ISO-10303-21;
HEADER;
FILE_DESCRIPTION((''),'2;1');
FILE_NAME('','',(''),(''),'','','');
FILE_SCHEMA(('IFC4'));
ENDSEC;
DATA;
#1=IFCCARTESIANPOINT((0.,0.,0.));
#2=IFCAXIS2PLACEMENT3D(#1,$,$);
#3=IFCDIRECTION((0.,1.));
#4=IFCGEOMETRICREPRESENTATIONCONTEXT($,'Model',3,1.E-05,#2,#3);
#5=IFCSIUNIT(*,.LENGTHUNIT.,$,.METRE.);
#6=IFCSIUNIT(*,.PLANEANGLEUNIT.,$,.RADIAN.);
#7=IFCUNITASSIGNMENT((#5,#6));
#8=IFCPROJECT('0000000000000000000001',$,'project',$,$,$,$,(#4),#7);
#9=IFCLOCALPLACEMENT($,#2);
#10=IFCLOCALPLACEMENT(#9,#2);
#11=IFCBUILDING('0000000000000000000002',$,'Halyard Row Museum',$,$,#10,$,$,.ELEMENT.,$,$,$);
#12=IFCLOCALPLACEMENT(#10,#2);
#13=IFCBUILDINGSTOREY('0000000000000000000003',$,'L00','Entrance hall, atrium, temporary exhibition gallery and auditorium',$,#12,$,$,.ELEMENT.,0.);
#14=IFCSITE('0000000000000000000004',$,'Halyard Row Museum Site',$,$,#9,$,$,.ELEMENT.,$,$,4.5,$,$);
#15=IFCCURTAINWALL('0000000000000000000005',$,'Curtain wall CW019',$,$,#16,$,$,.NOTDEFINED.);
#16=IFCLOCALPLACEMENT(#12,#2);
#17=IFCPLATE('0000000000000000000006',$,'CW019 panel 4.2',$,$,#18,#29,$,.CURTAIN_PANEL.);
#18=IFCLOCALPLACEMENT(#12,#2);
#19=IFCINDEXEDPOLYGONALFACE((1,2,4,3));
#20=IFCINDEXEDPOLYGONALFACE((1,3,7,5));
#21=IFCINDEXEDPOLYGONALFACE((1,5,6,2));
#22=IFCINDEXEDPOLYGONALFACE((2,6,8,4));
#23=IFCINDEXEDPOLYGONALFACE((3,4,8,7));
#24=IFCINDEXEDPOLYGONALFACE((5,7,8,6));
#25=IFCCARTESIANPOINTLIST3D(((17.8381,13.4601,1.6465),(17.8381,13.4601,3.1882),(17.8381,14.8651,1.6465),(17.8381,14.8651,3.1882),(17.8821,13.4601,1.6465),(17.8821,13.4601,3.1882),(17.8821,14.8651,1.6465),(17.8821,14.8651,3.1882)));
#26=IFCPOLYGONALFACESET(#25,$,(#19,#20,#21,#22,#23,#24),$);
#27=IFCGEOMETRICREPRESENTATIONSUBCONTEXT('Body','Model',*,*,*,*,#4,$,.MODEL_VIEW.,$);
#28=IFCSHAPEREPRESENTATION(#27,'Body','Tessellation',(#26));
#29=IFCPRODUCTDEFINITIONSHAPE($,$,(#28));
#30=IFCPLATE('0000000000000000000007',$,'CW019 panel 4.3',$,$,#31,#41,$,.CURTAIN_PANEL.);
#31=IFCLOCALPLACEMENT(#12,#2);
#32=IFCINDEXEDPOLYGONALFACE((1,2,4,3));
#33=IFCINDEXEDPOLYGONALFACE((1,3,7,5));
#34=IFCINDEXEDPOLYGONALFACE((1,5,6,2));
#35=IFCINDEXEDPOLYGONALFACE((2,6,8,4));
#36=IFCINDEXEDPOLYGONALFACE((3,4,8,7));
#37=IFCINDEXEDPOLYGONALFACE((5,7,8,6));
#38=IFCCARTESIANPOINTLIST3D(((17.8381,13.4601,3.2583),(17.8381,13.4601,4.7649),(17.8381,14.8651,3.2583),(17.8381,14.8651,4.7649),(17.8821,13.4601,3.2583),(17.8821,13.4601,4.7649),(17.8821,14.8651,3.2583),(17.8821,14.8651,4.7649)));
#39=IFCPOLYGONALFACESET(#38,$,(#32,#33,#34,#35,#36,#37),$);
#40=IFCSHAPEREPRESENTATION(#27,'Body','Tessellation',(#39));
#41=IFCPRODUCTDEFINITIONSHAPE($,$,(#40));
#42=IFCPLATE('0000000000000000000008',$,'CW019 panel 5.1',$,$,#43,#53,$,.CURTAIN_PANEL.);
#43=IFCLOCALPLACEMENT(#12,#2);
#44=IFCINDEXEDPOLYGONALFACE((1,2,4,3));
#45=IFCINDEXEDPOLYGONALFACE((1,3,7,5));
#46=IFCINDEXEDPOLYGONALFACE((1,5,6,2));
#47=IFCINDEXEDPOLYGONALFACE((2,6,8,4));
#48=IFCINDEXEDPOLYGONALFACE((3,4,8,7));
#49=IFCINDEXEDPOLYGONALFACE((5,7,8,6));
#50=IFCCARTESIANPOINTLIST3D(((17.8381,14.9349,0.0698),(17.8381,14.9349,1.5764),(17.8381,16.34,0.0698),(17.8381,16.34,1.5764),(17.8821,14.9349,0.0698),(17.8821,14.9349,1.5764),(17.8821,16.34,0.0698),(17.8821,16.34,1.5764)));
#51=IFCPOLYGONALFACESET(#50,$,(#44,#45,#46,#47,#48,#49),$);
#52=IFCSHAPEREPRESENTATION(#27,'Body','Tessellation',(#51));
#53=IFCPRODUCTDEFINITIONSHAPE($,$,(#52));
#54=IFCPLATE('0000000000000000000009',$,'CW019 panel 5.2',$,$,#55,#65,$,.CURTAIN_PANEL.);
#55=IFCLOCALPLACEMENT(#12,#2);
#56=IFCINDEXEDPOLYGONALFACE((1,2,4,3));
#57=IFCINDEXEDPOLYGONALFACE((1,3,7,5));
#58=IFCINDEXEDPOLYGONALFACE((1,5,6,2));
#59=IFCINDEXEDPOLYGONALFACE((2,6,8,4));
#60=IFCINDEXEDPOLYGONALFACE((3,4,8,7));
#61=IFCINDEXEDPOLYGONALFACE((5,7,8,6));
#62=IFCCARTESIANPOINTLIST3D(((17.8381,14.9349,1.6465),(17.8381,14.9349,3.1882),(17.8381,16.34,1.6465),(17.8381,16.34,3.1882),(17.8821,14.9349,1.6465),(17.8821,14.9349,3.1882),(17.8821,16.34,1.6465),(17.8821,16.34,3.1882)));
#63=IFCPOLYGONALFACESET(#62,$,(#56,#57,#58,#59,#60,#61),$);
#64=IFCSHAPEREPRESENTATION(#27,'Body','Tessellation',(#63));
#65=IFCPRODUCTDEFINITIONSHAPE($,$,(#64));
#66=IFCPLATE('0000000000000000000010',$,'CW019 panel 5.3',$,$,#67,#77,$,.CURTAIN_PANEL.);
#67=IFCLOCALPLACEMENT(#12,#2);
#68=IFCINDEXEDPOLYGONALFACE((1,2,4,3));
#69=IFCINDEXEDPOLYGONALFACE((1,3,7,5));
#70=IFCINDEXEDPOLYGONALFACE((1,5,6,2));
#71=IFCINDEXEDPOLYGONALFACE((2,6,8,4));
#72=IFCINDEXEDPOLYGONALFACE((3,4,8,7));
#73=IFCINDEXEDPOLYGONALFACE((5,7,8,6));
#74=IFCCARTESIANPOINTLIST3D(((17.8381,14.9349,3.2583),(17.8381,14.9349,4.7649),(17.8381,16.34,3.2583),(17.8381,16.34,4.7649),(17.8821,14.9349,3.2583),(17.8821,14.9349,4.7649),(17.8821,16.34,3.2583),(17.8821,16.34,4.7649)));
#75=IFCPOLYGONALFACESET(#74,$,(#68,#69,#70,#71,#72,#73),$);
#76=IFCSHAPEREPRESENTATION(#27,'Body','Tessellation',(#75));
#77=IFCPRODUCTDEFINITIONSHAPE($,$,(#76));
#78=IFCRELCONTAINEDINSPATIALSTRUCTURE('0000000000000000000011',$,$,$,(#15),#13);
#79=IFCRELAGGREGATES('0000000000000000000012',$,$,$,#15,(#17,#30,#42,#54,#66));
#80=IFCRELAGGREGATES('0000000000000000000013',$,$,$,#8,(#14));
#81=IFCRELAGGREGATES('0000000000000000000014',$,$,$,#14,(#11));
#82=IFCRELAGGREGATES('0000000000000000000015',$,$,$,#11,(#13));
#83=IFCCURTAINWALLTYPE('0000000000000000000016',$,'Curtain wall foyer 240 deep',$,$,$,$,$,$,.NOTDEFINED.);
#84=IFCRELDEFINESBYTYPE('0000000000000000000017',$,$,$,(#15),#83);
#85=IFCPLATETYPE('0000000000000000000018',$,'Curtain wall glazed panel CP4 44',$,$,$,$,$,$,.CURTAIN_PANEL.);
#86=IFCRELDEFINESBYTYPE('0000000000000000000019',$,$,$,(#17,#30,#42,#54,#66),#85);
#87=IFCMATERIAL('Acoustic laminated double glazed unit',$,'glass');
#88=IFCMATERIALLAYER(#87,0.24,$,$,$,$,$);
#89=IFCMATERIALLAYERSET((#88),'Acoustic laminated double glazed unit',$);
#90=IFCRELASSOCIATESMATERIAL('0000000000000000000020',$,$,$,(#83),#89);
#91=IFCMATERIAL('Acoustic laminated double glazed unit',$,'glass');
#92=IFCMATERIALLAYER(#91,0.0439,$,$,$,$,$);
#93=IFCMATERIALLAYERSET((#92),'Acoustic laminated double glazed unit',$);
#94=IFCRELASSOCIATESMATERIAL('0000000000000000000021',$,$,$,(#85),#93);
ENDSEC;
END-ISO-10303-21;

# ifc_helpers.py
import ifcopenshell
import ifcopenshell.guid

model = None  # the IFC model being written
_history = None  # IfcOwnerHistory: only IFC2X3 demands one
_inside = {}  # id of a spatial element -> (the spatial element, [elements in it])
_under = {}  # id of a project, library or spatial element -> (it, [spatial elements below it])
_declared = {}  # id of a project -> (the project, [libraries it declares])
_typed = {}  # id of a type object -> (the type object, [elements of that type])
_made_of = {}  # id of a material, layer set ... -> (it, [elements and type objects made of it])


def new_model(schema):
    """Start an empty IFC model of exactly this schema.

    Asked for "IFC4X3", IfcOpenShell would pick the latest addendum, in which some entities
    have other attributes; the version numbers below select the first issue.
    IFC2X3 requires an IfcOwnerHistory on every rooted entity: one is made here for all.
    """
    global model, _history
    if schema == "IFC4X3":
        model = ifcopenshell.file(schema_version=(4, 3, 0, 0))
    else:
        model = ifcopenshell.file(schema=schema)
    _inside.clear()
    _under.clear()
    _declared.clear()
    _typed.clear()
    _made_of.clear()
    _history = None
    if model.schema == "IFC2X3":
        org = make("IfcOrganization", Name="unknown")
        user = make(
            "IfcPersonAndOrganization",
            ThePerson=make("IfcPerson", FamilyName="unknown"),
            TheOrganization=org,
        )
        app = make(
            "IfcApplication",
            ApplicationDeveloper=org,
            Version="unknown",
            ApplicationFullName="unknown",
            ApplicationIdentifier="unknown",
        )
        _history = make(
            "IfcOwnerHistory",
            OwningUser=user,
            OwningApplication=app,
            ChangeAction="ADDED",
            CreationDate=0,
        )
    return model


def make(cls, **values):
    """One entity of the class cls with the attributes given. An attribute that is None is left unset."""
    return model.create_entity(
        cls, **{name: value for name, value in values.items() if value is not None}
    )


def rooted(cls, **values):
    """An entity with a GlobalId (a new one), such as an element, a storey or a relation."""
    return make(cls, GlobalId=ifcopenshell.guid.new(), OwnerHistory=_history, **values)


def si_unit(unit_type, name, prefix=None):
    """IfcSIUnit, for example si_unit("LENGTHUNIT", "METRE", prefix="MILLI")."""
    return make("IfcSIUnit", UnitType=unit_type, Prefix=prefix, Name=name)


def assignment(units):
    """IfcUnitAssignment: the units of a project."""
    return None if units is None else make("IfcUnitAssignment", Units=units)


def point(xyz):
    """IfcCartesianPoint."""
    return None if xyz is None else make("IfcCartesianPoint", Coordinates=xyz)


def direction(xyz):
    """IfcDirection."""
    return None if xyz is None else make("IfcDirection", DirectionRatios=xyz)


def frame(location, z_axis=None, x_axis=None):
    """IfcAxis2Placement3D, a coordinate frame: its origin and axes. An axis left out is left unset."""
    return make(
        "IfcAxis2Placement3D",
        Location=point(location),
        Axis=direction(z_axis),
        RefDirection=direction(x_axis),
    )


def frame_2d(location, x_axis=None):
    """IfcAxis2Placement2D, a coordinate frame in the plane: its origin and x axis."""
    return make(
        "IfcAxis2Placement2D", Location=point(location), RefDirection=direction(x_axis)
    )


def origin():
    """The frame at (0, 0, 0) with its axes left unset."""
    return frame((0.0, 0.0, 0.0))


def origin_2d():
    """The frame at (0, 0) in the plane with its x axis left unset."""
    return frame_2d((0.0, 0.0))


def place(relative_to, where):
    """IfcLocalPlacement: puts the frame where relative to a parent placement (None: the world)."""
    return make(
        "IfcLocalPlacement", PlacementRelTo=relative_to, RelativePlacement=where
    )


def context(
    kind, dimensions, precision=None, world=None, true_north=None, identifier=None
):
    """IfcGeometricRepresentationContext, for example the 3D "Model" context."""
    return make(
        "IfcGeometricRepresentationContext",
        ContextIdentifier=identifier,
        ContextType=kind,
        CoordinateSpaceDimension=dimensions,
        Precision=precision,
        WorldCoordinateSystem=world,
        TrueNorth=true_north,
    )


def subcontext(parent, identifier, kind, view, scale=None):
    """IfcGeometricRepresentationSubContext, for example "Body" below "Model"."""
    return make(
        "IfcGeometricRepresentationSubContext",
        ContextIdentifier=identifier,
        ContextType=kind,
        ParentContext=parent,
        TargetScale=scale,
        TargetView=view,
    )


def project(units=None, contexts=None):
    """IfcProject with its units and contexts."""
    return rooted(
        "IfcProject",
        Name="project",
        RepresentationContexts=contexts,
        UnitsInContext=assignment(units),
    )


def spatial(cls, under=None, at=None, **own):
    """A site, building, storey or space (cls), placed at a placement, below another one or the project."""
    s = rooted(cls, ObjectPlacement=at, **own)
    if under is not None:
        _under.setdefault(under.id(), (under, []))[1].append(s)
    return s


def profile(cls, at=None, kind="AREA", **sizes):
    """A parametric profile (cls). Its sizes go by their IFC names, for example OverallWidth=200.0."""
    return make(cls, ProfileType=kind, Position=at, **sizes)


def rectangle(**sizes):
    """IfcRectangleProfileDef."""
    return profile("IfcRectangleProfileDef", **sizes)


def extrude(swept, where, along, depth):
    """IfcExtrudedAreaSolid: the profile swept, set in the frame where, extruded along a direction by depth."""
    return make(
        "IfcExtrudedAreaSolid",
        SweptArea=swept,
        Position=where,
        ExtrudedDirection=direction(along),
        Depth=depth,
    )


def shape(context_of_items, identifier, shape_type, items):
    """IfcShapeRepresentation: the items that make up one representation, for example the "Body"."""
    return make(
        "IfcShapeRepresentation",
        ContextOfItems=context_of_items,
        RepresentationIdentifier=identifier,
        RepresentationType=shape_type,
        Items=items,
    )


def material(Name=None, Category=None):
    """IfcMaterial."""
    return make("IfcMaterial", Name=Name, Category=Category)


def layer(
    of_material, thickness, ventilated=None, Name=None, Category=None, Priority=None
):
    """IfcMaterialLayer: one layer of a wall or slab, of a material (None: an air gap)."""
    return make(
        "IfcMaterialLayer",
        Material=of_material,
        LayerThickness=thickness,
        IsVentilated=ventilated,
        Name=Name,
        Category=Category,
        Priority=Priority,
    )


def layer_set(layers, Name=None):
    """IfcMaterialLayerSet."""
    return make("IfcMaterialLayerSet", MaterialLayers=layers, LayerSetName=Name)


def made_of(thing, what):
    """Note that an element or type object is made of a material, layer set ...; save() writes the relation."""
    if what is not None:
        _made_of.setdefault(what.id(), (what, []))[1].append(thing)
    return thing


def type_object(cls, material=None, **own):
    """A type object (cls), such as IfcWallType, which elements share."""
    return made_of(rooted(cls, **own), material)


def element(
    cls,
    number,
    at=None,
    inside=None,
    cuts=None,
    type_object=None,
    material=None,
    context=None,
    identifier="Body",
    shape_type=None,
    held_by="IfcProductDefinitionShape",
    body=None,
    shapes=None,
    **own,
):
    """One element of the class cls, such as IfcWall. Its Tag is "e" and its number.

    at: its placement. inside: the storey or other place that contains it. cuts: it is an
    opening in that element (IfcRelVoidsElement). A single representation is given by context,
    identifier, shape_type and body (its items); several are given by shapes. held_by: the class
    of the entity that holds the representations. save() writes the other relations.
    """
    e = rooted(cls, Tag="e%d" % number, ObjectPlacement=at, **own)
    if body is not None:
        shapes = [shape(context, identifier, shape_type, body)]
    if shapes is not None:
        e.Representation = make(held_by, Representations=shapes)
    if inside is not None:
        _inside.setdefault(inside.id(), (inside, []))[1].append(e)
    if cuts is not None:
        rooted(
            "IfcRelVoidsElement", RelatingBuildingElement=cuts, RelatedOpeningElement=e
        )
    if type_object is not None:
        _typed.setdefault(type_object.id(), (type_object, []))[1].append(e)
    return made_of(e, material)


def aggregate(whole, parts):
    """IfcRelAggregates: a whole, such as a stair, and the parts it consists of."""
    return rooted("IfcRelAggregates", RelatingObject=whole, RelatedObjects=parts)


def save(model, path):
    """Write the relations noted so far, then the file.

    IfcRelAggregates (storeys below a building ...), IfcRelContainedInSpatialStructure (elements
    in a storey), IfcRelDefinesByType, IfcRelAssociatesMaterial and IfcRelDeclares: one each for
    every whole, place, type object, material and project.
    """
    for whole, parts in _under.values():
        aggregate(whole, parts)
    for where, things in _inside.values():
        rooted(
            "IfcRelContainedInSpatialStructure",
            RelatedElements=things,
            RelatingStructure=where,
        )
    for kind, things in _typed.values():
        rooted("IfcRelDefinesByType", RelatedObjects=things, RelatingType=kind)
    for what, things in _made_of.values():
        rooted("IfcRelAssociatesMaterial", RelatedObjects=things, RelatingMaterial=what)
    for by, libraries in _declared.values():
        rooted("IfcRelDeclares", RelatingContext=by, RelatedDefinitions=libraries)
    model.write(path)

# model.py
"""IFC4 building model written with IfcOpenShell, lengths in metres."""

from ifc_helpers import new_model, si_unit, direction, frame, origin, origin_2d, place, context, subcontext, project, spatial, rectangle, extrude, material, layer, layer_set, type_object, element, aggregate, save


model = new_model("IFC4")

# Units and contexts
model_context = context("Model", 3, precision=1e-05, world=origin(), true_north=direction((0.0, 1.0)))
body_context = subcontext(model_context, "Body", "Model", "MODEL_VIEW")
ifc_project = project(units=[si_unit("LENGTHUNIT", "METRE"), si_unit("PLANEANGLEUNIT", "RADIAN")], contexts=[model_context])

# Site, building, storey
site_placement = place(None, origin())
site = spatial("IfcSite", under=ifc_project, at=site_placement, Name="Halyard Row Museum Site", CompositionType="ELEMENT", RefElevation=4.5)
building_placement = place(site_placement, origin())
building = spatial("IfcBuilding", under=site, at=building_placement, Name="Halyard Row Museum", CompositionType="ELEMENT")
storey_placement = place(building_placement, origin())
storey = spatial("IfcBuildingStorey", under=building, at=storey_placement, Name="L00", Description="Entrance hall, atrium, temporary exhibition gallery and auditorium", CompositionType="ELEMENT", Elevation=0.0)

# Curtain wall
ifc_material_1 = material(Name="Acoustic laminated double glazed unit", Category="glass")
ifc_layer_1 = layer(ifc_material_1, 0.24)
ifc_layer_set_1 = layer_set([ifc_layer_1], Name="Acoustic laminated double glazed unit")
curtain_wall_type = type_object("IfcCurtainWallType", Name="Curtain wall foyer 240 deep", PredefinedType="NOTDEFINED", material=ifc_layer_set_1)
curtain_wall_placement = place(storey_placement, origin())
curtain_wall = element("IfcCurtainWall", 1, at=curtain_wall_placement, inside=storey, type_object=curtain_wall_type, Name="Curtain wall CW019", PredefinedType="NOTDEFINED")

# Plates
ifc_material_2 = material(Name="Acoustic laminated double glazed unit", Category="glass")
ifc_layer_2 = layer(ifc_material_2, 0.0439)
ifc_layer_set_2 = layer_set([ifc_layer_2], Name="Acoustic laminated double glazed unit")
plate_type = type_object("IfcPlateType", Name="Curtain wall glazed panel CP4 44", PredefinedType="CURTAIN_PANEL", material=ifc_layer_set_2)
plate_1_placement = place(storey_placement, frame((17.8601, 14.1626, 1.6465), z_axis=(0.0, 0.0, 1.0), x_axis=(0.0, 1.0, 0.0)))
plate_1 = element("IfcPlate", 2, at=plate_1_placement, type_object=plate_type, Name="CW019 panel 4.2", PredefinedType="CURTAIN_PANEL", context=body_context, shape_type="SweptSolid", body=[
    extrude(rectangle(XDim=1.405, YDim=0.0439, at=origin_2d()), origin(), (0.0, 0.0, 1.0), 1.5417),
])
plate_2_placement = place(storey_placement, frame((17.8601, 14.1626, 3.2583), z_axis=(0.0, 0.0, 1.0), x_axis=(0.0, 1.0, 0.0)))
plate_2 = element("IfcPlate", 3, at=plate_2_placement, type_object=plate_type, Name="CW019 panel 4.3", PredefinedType="CURTAIN_PANEL", context=body_context, shape_type="SweptSolid", body=[
    extrude(rectangle(XDim=1.405, YDim=0.0439, at=origin_2d()), origin(), (0.0, 0.0, 1.0), 1.5066),
])
plate_3_placement = place(storey_placement, frame((17.8601, 15.6375, 0.0698), z_axis=(0.0, 0.0, 1.0), x_axis=(0.0, 1.0, 0.0)))
plate_3 = element("IfcPlate", 4, at=plate_3_placement, type_object=plate_type, Name="CW019 panel 5.1", PredefinedType="CURTAIN_PANEL", context=body_context, shape_type="SweptSolid", body=[
    extrude(rectangle(XDim=1.405, YDim=0.0439, at=origin_2d()), origin(), (0.0, 0.0, 1.0), 1.5066),
])
plate_4_placement = place(storey_placement, frame((17.8601, 15.6375, 1.6465), z_axis=(0.0, 0.0, 1.0), x_axis=(0.0, 1.0, 0.0)))
plate_4 = element("IfcPlate", 5, at=plate_4_placement, type_object=plate_type, Name="CW019 panel 5.2", PredefinedType="CURTAIN_PANEL", context=body_context, shape_type="SweptSolid", body=[
    extrude(rectangle(XDim=1.405, YDim=0.0439, at=origin_2d()), origin(), (0.0, 0.0, 1.0), 1.5417),
])
plate_5_placement = place(storey_placement, frame((17.8601, 15.6375, 3.2583), z_axis=(0.0, 0.0, 1.0), x_axis=(0.0, 1.0, 0.0)))
plate_5 = element("IfcPlate", 6, at=plate_5_placement, type_object=plate_type, Name="CW019 panel 5.3", PredefinedType="CURTAIN_PANEL", context=body_context, shape_type="SweptSolid", body=[
    extrude(rectangle(XDim=1.405, YDim=0.0439, at=origin_2d()), origin(), (0.0, 0.0, 1.0), 1.5066),
])
aggregate(curtain_wall, [plate_1, plate_2, plate_3, plate_4, plate_5])

save(model, "model.ifc")
